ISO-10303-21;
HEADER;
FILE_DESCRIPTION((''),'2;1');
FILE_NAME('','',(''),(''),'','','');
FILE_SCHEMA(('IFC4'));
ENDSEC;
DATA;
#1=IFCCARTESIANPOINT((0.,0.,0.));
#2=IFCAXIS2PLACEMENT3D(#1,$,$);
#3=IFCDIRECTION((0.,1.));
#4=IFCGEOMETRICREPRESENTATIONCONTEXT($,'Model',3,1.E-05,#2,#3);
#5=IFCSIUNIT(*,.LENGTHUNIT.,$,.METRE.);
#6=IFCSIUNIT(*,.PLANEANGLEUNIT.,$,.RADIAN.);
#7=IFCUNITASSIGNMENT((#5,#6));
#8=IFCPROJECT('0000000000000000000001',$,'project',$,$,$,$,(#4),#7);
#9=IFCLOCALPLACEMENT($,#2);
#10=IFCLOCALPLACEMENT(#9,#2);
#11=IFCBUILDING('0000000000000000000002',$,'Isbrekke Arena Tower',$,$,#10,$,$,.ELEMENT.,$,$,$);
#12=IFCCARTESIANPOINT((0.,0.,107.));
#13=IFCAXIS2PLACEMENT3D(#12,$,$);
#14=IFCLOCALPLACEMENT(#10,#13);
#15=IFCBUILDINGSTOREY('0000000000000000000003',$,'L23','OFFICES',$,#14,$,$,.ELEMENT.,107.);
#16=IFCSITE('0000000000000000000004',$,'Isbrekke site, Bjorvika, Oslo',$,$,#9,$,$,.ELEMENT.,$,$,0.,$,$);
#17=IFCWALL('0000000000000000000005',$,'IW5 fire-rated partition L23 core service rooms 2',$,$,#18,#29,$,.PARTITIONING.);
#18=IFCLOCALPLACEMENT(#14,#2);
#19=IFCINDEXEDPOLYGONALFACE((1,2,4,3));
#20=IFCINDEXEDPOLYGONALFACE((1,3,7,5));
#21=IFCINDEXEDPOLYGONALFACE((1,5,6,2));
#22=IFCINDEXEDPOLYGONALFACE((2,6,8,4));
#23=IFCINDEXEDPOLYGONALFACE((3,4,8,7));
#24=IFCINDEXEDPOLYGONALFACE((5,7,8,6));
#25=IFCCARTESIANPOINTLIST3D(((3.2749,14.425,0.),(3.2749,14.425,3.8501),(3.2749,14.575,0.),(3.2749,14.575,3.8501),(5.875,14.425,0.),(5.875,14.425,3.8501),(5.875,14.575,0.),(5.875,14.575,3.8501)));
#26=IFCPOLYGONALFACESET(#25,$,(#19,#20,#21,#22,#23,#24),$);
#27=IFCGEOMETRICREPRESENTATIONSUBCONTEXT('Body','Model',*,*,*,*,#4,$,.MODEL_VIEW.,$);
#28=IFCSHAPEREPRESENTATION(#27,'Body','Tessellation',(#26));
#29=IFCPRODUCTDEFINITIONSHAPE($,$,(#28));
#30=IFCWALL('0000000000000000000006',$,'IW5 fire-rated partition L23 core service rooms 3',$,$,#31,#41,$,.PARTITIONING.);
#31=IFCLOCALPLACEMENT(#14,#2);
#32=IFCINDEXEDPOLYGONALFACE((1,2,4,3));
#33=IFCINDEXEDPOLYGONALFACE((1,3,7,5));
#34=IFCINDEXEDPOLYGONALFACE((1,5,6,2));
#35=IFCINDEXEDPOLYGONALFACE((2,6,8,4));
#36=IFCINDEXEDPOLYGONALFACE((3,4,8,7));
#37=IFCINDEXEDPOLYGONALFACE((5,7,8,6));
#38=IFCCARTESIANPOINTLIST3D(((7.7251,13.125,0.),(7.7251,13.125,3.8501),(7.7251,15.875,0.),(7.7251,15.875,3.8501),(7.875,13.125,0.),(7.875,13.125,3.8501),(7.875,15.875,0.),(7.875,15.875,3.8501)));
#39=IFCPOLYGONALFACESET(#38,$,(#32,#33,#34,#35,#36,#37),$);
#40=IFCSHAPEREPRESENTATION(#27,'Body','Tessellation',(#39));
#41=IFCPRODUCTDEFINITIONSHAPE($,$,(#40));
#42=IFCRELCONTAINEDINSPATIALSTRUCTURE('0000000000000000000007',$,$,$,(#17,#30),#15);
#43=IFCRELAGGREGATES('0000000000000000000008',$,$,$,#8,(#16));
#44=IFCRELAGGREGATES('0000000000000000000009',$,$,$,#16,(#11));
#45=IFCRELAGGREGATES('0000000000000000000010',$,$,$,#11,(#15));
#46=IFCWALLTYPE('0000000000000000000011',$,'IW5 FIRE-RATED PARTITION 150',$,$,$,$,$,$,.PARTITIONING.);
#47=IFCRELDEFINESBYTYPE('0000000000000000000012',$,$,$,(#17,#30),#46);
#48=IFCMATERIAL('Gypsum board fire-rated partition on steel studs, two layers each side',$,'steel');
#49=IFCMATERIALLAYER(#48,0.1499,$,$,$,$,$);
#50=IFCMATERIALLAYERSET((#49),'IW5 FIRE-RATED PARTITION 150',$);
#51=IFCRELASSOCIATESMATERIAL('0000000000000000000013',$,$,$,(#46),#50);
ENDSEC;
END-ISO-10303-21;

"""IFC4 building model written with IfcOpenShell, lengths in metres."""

from ifc_helpers import new_model, si_unit, direction, frame, frame_2d, origin, place, context, subcontext, project, spatial, rectangle, extrude, material, layer, layer_set, type_object, element, save


model = new_model("IFC4")

# Units and contexts
model_context = context("Model", 3, precision=1e-05, world=origin(), true_north=direction((0.0, 1.0)))
body_context = subcontext(model_context, "Body", "Model", "MODEL_VIEW")
ifc_project = project(units=[si_unit("LENGTHUNIT", "METRE"), si_unit("PLANEANGLEUNIT", "RADIAN")], contexts=[model_context])

# Site, building, storey
site_placement = place(None, origin())
site = spatial("IfcSite", under=ifc_project, at=site_placement, Name="Isbrekke site, Bjorvika, Oslo", CompositionType="ELEMENT", RefElevation=0.0)
building_placement = place(site_placement, origin())
building = spatial("IfcBuilding", under=site, at=building_placement, Name="Isbrekke Arena Tower", CompositionType="ELEMENT")
storey_placement = place(building_placement, frame((0.0, 0.0, 107.0)))
storey = spatial("IfcBuildingStorey", under=building, at=storey_placement, Name="L23", Description="OFFICES", CompositionType="ELEMENT", Elevation=107.0)

# Walls
ifc_material_1 = material(Name="Gypsum board fire-rated partition on steel studs, two layers each side", Category="steel")
ifc_layer_1 = layer(ifc_material_1, 0.1499)
ifc_layer_set_1 = layer_set([ifc_layer_1], Name="IW5 FIRE-RATED PARTITION 150")
wall_type_1 = type_object("IfcWallType", Name="IW5 FIRE-RATED PARTITION 150", PredefinedType="PARTITIONING", material=ifc_layer_set_1)
wall_1_placement = place(storey_placement, frame((3.2749, 14.5, 0.0), z_axis=(0.0, 0.0, 1.0), x_axis=(1.0, 0.0, 0.0)))
element("IfcWall", 1, at=wall_1_placement, inside=storey, type_object=wall_type_1, Name="IW5 fire-rated partition L23 core service rooms 2", PredefinedType="PARTITIONING", context=body_context, shape_type="SweptSolid", body=[
    extrude(rectangle(XDim=2.6001, YDim=0.1499, at=frame_2d((1.3, 0.0))), origin(), (0.0, 0.0, 1.0), 3.8501),
])
wall_2_placement = place(storey_placement, frame((7.8, 13.125, 0.0), z_axis=(0.0, 0.0, 1.0), x_axis=(0.0, 1.0, 0.0)))
element("IfcWall", 2, at=wall_2_placement, inside=storey, type_object=wall_type_1, Name="IW5 fire-rated partition L23 core service rooms 3", PredefinedType="PARTITIONING", context=body_context, shape_type="SweptSolid", body=[
    extrude(rectangle(XDim=2.75, YDim=0.1499, at=frame_2d((1.375, 0.0))), origin(), (0.0, 0.0, 1.0), 3.8501),
])

save(model, "model.ifc")
